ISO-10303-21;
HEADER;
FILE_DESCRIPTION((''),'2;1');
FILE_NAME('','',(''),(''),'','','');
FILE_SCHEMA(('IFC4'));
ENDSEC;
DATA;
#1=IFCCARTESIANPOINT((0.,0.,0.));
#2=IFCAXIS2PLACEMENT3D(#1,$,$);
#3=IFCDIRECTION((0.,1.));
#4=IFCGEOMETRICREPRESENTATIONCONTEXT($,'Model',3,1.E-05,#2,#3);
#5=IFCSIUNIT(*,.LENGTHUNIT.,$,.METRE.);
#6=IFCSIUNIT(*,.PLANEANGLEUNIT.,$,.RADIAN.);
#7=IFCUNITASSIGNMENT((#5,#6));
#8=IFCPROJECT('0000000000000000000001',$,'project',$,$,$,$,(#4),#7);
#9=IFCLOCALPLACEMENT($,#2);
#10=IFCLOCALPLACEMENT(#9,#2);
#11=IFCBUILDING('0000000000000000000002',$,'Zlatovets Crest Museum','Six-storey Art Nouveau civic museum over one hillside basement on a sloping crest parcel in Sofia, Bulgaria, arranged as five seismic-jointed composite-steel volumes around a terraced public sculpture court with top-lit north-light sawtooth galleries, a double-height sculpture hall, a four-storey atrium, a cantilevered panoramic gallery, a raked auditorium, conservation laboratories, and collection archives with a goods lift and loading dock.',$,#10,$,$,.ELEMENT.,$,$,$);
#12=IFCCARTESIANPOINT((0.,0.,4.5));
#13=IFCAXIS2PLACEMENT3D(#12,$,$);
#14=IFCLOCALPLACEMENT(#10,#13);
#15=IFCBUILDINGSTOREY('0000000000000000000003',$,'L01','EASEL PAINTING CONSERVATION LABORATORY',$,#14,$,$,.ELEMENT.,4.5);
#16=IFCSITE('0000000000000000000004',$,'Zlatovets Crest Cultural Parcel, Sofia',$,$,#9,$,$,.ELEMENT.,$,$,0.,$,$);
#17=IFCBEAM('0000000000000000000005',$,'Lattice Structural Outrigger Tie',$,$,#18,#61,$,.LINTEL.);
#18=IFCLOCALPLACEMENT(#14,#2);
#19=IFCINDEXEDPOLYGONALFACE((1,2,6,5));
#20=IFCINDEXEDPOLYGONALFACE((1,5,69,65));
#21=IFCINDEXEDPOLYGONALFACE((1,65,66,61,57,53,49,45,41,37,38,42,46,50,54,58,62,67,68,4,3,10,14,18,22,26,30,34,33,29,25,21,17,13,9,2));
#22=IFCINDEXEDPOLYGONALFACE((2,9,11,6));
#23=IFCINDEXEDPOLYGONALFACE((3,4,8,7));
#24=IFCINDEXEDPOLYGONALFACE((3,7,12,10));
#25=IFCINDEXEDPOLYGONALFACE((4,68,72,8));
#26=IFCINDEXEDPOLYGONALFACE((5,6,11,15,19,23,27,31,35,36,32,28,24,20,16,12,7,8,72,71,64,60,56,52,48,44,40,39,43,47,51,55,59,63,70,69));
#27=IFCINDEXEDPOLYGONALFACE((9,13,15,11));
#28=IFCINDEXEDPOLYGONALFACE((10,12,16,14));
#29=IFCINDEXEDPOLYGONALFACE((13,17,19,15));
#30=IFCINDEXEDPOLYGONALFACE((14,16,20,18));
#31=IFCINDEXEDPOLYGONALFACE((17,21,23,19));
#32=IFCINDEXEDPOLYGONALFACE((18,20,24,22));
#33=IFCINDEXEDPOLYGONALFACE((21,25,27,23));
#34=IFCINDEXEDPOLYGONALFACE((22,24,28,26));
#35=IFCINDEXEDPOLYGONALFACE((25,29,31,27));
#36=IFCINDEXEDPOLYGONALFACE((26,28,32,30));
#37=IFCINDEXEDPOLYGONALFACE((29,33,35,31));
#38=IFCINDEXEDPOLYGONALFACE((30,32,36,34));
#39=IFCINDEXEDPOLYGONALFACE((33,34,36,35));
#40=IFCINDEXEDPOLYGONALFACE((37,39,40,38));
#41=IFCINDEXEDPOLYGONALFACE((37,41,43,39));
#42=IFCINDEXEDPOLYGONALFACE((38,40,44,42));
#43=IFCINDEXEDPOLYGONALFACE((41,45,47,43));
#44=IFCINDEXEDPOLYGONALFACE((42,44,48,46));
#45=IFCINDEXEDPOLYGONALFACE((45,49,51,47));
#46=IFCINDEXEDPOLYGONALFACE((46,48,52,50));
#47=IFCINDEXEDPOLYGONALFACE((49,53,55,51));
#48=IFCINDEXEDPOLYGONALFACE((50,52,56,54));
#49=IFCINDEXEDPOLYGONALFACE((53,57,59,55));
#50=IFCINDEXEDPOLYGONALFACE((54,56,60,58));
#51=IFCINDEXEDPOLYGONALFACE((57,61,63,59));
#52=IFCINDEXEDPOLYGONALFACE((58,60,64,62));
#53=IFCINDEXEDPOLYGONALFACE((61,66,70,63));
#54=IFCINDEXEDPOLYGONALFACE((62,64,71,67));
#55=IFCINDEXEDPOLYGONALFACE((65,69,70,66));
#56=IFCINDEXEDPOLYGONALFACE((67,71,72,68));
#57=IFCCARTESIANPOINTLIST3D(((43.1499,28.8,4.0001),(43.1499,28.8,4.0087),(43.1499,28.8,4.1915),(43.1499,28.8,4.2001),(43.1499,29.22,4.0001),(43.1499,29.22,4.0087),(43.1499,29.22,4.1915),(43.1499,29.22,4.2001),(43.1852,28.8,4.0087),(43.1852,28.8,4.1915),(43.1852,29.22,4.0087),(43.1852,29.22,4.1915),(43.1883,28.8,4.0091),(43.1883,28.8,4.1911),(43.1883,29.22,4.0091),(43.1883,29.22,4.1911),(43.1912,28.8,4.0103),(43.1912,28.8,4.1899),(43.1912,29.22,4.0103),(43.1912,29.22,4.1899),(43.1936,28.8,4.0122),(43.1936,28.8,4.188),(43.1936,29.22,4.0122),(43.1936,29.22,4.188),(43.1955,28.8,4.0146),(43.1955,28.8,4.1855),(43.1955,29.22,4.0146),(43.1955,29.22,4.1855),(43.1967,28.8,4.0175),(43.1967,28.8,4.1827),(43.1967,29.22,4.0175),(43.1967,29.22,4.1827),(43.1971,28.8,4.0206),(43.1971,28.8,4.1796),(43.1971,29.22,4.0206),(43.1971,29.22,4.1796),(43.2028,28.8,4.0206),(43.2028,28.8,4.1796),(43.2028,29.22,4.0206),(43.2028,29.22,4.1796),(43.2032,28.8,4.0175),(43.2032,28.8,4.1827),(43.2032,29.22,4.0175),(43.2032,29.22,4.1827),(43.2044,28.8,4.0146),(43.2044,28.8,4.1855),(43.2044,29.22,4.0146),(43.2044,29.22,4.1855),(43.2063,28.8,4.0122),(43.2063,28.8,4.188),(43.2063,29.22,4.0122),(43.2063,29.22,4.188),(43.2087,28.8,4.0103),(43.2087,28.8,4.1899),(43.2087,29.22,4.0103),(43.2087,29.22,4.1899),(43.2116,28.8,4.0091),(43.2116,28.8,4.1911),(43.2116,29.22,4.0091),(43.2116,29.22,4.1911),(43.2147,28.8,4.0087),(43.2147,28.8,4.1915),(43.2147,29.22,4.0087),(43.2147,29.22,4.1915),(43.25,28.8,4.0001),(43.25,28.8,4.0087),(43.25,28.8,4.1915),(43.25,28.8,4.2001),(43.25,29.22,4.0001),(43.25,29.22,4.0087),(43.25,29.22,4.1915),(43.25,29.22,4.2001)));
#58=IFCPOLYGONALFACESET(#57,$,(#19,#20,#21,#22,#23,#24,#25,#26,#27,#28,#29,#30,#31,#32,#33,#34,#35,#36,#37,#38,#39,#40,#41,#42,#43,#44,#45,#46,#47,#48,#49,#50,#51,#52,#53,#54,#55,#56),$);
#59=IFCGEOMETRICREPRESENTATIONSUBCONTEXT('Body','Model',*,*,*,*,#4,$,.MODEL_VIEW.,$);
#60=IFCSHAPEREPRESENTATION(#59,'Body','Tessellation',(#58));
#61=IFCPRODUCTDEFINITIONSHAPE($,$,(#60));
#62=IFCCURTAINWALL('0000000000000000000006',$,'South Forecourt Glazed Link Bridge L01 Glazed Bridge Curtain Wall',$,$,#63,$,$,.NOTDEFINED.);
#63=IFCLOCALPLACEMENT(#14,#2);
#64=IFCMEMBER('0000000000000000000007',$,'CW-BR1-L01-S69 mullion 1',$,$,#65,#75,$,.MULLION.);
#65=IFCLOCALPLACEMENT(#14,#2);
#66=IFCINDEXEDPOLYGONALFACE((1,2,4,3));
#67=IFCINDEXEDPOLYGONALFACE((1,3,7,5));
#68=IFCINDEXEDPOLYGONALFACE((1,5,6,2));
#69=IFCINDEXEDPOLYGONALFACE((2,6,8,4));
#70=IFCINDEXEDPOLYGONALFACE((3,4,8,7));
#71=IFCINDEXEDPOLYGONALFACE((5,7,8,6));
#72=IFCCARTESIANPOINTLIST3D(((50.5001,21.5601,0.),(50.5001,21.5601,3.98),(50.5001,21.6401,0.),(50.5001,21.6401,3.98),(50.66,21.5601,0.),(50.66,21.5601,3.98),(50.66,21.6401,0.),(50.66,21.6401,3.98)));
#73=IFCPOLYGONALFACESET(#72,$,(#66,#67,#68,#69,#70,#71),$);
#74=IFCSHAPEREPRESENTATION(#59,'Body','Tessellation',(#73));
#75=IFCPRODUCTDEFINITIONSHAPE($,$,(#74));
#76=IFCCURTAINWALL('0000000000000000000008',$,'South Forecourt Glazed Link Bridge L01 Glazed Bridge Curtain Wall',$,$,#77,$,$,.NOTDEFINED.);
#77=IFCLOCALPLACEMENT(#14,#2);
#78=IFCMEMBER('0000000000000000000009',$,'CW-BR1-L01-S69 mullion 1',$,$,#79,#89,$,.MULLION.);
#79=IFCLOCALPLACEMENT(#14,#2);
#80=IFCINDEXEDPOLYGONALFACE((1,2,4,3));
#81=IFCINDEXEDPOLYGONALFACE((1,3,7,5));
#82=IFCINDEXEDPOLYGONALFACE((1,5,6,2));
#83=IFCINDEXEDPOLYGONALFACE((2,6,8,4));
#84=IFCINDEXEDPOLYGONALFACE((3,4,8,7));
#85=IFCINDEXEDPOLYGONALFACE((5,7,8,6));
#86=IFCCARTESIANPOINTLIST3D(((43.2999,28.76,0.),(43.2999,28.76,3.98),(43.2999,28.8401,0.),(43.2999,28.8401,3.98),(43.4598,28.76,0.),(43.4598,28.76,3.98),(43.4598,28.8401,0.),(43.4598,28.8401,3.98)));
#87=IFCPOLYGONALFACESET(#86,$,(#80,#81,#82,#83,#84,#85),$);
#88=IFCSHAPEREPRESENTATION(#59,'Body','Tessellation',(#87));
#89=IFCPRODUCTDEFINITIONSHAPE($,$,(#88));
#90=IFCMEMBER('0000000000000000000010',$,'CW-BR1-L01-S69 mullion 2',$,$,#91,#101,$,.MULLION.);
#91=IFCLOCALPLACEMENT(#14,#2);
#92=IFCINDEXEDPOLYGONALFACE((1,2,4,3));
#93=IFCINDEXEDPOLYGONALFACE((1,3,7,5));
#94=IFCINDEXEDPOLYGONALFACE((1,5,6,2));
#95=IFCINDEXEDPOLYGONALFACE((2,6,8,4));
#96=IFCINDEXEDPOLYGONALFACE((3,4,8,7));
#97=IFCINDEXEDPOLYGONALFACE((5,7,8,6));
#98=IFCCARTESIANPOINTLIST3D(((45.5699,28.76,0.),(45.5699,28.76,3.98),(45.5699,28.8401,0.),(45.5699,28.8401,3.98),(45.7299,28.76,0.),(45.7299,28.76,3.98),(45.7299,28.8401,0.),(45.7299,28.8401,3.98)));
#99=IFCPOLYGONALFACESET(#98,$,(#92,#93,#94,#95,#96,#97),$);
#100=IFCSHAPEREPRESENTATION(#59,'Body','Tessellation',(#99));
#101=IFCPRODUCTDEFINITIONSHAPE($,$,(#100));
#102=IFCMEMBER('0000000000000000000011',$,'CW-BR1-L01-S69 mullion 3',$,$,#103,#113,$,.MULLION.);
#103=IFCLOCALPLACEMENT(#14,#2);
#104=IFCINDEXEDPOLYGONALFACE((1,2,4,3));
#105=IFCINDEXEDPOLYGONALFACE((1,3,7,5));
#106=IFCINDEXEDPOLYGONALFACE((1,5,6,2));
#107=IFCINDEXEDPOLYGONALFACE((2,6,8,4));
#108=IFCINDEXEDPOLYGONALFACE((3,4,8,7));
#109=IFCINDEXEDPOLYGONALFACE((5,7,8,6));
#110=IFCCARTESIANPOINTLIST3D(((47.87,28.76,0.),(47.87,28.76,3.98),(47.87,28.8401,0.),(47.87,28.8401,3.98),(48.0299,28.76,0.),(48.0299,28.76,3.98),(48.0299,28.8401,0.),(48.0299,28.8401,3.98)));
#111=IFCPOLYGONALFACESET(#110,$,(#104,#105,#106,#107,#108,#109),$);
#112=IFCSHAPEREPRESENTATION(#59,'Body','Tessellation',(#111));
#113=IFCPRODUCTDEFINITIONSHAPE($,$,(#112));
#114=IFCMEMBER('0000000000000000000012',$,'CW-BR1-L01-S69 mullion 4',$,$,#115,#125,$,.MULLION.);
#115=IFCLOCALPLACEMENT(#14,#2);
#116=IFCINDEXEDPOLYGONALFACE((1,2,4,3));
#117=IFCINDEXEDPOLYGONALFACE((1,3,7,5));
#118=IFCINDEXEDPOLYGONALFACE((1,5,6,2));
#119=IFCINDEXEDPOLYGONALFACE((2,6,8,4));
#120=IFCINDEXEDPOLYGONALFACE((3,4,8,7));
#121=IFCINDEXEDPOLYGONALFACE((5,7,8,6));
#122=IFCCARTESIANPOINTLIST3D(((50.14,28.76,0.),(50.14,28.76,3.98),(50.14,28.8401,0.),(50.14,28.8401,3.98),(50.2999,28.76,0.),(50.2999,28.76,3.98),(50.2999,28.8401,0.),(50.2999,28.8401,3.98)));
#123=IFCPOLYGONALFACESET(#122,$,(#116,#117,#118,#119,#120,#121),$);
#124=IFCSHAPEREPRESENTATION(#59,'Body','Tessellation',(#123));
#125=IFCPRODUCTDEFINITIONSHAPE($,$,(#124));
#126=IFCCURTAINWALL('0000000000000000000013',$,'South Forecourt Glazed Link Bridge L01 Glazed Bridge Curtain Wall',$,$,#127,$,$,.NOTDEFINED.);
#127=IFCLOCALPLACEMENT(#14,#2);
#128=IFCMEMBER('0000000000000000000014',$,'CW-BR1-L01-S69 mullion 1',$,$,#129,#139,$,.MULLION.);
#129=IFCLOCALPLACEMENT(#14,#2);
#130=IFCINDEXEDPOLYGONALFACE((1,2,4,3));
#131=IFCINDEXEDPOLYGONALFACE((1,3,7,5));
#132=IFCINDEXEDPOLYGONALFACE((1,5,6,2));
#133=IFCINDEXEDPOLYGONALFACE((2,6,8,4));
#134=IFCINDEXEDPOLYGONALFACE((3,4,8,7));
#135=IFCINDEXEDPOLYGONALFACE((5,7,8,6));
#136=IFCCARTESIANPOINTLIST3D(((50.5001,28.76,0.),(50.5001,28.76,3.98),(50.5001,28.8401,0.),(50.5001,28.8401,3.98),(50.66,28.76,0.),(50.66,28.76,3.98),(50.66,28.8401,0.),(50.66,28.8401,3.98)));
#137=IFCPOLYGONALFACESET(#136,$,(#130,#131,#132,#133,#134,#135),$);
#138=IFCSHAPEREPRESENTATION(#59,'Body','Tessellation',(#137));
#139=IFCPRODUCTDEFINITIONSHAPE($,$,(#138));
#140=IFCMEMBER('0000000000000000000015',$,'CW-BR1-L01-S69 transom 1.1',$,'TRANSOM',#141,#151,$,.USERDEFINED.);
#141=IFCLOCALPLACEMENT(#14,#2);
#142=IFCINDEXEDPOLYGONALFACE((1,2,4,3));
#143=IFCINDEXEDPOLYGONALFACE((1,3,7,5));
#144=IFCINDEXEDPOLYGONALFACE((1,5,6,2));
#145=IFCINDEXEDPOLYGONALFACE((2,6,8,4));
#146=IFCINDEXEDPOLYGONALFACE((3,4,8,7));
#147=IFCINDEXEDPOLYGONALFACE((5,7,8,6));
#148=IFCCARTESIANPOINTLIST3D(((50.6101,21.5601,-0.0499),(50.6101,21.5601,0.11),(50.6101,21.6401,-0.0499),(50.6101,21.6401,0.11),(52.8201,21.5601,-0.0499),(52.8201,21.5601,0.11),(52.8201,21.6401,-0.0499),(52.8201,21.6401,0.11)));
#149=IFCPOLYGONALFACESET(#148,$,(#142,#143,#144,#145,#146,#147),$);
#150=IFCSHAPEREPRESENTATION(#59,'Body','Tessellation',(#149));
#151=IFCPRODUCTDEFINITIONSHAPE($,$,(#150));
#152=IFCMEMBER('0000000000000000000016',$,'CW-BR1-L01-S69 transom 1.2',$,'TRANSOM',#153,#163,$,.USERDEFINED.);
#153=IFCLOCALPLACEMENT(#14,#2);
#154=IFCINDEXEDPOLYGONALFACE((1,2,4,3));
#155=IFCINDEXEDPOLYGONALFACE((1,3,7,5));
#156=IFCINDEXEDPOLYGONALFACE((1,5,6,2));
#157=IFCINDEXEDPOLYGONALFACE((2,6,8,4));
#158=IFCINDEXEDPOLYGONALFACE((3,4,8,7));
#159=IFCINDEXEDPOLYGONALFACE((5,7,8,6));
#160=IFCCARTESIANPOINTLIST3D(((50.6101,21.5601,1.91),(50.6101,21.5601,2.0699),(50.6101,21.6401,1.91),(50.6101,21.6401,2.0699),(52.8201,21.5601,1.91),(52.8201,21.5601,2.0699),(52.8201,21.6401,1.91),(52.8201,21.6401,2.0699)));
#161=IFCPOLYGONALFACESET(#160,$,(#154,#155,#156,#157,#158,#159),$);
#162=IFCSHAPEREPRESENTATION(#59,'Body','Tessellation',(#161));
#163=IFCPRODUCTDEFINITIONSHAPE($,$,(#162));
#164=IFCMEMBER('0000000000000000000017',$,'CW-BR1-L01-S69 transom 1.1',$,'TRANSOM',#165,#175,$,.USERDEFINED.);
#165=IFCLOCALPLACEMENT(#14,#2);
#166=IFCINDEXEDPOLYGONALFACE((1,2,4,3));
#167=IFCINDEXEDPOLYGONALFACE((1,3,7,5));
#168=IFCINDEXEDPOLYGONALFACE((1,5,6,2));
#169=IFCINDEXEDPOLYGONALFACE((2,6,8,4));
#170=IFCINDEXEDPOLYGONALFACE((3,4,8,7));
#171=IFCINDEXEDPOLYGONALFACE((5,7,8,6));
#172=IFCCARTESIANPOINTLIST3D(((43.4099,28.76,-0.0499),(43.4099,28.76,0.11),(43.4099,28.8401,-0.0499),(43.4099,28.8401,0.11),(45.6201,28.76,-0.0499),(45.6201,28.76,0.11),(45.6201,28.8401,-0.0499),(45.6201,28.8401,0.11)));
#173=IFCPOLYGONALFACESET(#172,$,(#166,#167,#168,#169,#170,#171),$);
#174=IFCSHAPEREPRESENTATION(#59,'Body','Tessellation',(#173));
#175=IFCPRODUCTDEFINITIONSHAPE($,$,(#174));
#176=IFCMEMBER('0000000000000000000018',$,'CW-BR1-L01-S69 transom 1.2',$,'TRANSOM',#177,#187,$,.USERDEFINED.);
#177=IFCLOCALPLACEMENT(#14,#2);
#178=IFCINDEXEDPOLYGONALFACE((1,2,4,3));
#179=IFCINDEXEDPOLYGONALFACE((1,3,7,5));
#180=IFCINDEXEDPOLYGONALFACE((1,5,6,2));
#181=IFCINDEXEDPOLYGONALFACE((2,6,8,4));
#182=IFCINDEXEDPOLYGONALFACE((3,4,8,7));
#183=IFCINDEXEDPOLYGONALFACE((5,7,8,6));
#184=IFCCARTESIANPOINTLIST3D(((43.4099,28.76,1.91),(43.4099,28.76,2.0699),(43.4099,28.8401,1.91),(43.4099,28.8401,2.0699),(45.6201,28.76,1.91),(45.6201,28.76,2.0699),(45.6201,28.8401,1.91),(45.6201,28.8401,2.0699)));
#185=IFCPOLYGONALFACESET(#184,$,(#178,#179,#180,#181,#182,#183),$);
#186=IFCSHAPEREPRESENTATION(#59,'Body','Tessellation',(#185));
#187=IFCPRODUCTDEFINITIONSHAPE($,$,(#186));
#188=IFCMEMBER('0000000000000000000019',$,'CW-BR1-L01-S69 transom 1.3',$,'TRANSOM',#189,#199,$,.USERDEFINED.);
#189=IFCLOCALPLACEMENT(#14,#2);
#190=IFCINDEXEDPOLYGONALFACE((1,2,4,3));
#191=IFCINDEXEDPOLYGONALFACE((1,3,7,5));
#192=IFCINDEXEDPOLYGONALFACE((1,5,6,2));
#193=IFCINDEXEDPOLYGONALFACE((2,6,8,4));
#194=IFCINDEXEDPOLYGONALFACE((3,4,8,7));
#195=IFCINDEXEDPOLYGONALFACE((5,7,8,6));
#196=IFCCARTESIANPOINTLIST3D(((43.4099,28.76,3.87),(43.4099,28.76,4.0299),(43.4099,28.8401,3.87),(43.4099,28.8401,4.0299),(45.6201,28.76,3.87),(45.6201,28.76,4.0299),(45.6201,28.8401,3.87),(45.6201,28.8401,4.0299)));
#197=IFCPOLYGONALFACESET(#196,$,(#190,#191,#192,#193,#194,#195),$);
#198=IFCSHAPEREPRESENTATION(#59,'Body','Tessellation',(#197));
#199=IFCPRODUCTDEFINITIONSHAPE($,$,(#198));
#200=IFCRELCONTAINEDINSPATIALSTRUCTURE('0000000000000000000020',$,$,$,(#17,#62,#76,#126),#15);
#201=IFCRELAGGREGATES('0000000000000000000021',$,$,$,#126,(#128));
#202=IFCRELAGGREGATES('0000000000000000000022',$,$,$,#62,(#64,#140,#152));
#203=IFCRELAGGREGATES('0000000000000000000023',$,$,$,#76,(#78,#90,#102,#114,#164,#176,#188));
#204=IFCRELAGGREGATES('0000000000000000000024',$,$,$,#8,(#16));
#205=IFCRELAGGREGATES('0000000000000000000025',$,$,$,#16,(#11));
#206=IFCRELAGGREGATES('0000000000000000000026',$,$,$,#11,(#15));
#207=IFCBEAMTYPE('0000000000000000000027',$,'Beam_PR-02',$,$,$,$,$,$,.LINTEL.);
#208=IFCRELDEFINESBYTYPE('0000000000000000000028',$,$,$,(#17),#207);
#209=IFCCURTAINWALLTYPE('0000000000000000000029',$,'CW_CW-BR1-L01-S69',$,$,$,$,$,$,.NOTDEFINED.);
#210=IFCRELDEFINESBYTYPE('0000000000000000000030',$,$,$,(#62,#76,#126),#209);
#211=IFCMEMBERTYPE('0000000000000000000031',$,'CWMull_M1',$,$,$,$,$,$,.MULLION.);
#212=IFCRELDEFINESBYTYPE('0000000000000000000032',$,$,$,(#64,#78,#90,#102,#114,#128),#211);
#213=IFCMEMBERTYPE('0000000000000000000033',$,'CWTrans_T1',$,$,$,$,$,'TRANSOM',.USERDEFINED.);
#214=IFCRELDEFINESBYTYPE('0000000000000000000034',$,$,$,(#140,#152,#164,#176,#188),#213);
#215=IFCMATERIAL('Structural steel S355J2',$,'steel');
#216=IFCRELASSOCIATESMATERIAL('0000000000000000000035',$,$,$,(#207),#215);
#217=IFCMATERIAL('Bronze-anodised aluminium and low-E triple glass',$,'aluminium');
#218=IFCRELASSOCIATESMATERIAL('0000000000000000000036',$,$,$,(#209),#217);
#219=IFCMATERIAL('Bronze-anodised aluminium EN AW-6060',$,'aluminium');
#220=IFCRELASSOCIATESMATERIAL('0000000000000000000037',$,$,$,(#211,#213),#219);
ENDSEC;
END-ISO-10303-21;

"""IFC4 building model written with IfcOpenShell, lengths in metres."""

from ifc_helpers import new_model, si_unit, direction, frame, origin, origin_2d, place, context, subcontext, project, spatial, rectangle, i_section, extrude, material, material_profile, profile_set, type_object, element, aggregate, save


model = new_model("IFC4")

# Units and contexts
model_context = context("Model", 3, precision=1e-05, world=origin(), true_north=direction((0.0, 1.0)))
body_context = subcontext(model_context, "Body", "Model", "MODEL_VIEW")
ifc_project = project(units=[si_unit("LENGTHUNIT", "METRE"), si_unit("PLANEANGLEUNIT", "RADIAN")], contexts=[model_context])

# Site, building, storey
site_placement = place(None, origin())
site = spatial("IfcSite", under=ifc_project, at=site_placement, Name="Zlatovets Crest Cultural Parcel, Sofia", CompositionType="ELEMENT", RefElevation=0.0)
building_placement = place(site_placement, origin())
building = spatial("IfcBuilding", under=site, at=building_placement, Name="Zlatovets Crest Museum", Description="Six-storey Art Nouveau civic museum over one hillside basement on a sloping crest parcel in Sofia, Bulgaria, arranged as five seismic-jointed composite-steel volumes around a terraced public sculpture court with top-lit north-light sawtooth galleries, a double-height sculpture hall, a four-storey atrium, a cantilevered panoramic gallery, a raked auditorium, conservation laboratories, and collection archives with a goods lift and loading dock.", CompositionType="ELEMENT")
storey_placement = place(building_placement, frame((0.0, 0.0, 4.5)))
storey = spatial("IfcBuildingStorey", under=building, at=storey_placement, Name="L01", Description="EASEL PAINTING CONSERVATION LABORATORY", CompositionType="ELEMENT", Elevation=4.5)

# Shared definitions
ifc_material_1 = material(Name="Structural steel S355J2", Category="steel")

# Beam
ifc_material_profile_1 = material_profile(ifc_material_1, i_section(OverallWidth=0.1001, OverallDepth=0.2, WebThickness=0.0056, FlangeThickness=0.0085, FilletRadius=0.012, at=origin_2d()), Name="IPE 200")
ifc_profile_set_1 = profile_set([ifc_material_profile_1], Name="Structural steel S355J2")
beam_type_1 = type_object("IfcBeamType", Name="Beam_PR-02", PredefinedType="LINTEL", material=ifc_profile_set_1)
for number, where, z_axis, x_axis, name in (
    (1, (43.2, 28.8, 4.1001), (0.0, 1.0, 0.0), (-1.0, 0.0, 0.0), "Lattice Structural Outrigger Tie"),
):
    element("IfcBeam", number, at=place(storey_placement, frame(where, z_axis=z_axis, x_axis=x_axis)), inside=storey, type_object=beam_type_1, Name=name, PredefinedType="LINTEL", context=body_context, shape_type="SweptSolid", body=[
        extrude(i_section(OverallWidth=0.1001, OverallDepth=0.2, WebThickness=0.0056, FlangeThickness=0.0085, FilletRadius=0.012, at=origin_2d()), origin(), (0.0, 0.0, 1.0), 0.4199),
    ])

# Curtain wall, member
ifc_material_2 = material(Name="Bronze-anodised aluminium and low-E triple glass", Category="aluminium")
curtain_wall_type = type_object("IfcCurtainWallType", Name="CW_CW-BR1-L01-S69", PredefinedType="NOTDEFINED", material=ifc_material_2)
curtain_wall_1_placement = place(storey_placement, origin())
curtain_wall_1 = element("IfcCurtainWall", 2, at=curtain_wall_1_placement, inside=storey, type_object=curtain_wall_type, Name="South Forecourt Glazed Link Bridge L01 Glazed Bridge Curtain Wall", PredefinedType="NOTDEFINED")
ifc_material_3 = material(Name="Bronze-anodised aluminium EN AW-6060", Category="aluminium")
ifc_material_profile_2 = material_profile(ifc_material_3, rectangle(XDim=0.0801, YDim=0.1599, at=origin_2d()), Name="ALU 80x160")
ifc_profile_set_2 = profile_set([ifc_material_profile_2], Name="Bronze-anodised aluminium EN AW-6060")
member_type_1 = type_object("IfcMemberType", Name="CWMull_M1", PredefinedType="MULLION", material=ifc_profile_set_2)
member_1_placement = place(storey_placement, frame((50.5801, 21.6001, 0.0), z_axis=(0.0, 0.0, 1.0), x_axis=(0.0, 1.0, 0.0)))
member_1 = element("IfcMember", 3, at=member_1_placement, type_object=member_type_1, Name="CW-BR1-L01-S69 mullion 1", PredefinedType="MULLION", context=body_context, shape_type="SweptSolid", body=[
    extrude(rectangle(XDim=0.0801, YDim=0.1599, at=origin_2d()), origin(), (0.0, 0.0, 1.0), 3.98),
])

# Curtain wall, members
curtain_wall_2_placement = place(storey_placement, origin())
curtain_wall_2 = element("IfcCurtainWall", 4, at=curtain_wall_2_placement, inside=storey, type_object=curtain_wall_type, Name="South Forecourt Glazed Link Bridge L01 Glazed Bridge Curtain Wall", PredefinedType="NOTDEFINED")
member_2_placement = place(storey_placement, frame((43.3799, 28.8, 0.0), z_axis=(0.0, 0.0, 1.0), x_axis=(0.0, 1.0, 0.0)))
member_2 = element("IfcMember", 5, at=member_2_placement, type_object=member_type_1, Name="CW-BR1-L01-S69 mullion 1", PredefinedType="MULLION", context=body_context, shape_type="SweptSolid", body=[
    extrude(rectangle(XDim=0.0801, YDim=0.1599, at=origin_2d()), origin(), (0.0, 0.0, 1.0), 3.98),
])
member_3_placement = place(storey_placement, frame((45.6499, 28.8, 0.0), z_axis=(0.0, 0.0, 1.0), x_axis=(0.0, 1.0, 0.0)))
member_3 = element("IfcMember", 6, at=member_3_placement, type_object=member_type_1, Name="CW-BR1-L01-S69 mullion 2", PredefinedType="MULLION", context=body_context, shape_type="SweptSolid", body=[
    extrude(rectangle(XDim=0.0801, YDim=0.1599, at=origin_2d()), origin(), (0.0, 0.0, 1.0), 3.98),
])
member_4_placement = place(storey_placement, frame((47.95, 28.8, 0.0), z_axis=(0.0, 0.0, 1.0), x_axis=(0.0, 1.0, 0.0)))
member_4 = element("IfcMember", 7, at=member_4_placement, type_object=member_type_1, Name="CW-BR1-L01-S69 mullion 3", PredefinedType="MULLION", context=body_context, shape_type="SweptSolid", body=[
    extrude(rectangle(XDim=0.0801, YDim=0.1599, at=origin_2d()), origin(), (0.0, 0.0, 1.0), 3.98),
])
member_5_placement = place(storey_placement, frame((50.22, 28.8, 0.0), z_axis=(0.0, 0.0, 1.0), x_axis=(0.0, 1.0, 0.0)))
member_5 = element("IfcMember", 8, at=member_5_placement, type_object=member_type_1, Name="CW-BR1-L01-S69 mullion 4", PredefinedType="MULLION", context=body_context, shape_type="SweptSolid", body=[
    extrude(rectangle(XDim=0.0801, YDim=0.1599, at=origin_2d()), origin(), (0.0, 0.0, 1.0), 3.98),
])

# Curtain wall, member
curtain_wall_3_placement = place(storey_placement, origin())
curtain_wall_3 = element("IfcCurtainWall", 9, at=curtain_wall_3_placement, inside=storey, type_object=curtain_wall_type, Name="South Forecourt Glazed Link Bridge L01 Glazed Bridge Curtain Wall", PredefinedType="NOTDEFINED")
member_6_placement = place(storey_placement, frame((50.5801, 28.8, 0.0), z_axis=(0.0, 0.0, 1.0), x_axis=(0.0, 1.0, 0.0)))
member_6 = element("IfcMember", 10, at=member_6_placement, type_object=member_type_1, Name="CW-BR1-L01-S69 mullion 1", PredefinedType="MULLION", context=body_context, shape_type="SweptSolid", body=[
    extrude(rectangle(XDim=0.0801, YDim=0.1599, at=origin_2d()), origin(), (0.0, 0.0, 1.0), 3.98),
])
aggregate(curtain_wall_3, [member_6])

# Members
ifc_material_profile_3 = material_profile(ifc_material_3, rectangle(XDim=0.0801, YDim=0.1599, at=origin_2d()), Name="ALU 80x160")
ifc_profile_set_3 = profile_set([ifc_material_profile_3], Name="Bronze-anodised aluminium EN AW-6060")
member_type_2 = type_object("IfcMemberType", Name="CWTrans_T1", ElementType="TRANSOM", PredefinedType="USERDEFINED", material=ifc_profile_set_3)
member_7_placement = place(storey_placement, frame((50.6101, 21.6001, 0.03), z_axis=(1.0, 0.0, 0.0), x_axis=(0.0, 1.0, 0.0)))
member_7 = element("IfcMember", 11, at=member_7_placement, type_object=member_type_2, Name="CW-BR1-L01-S69 transom 1.1", ObjectType="TRANSOM", PredefinedType="USERDEFINED", context=body_context, shape_type="SweptSolid", body=[
    extrude(rectangle(XDim=0.0801, YDim=0.1599, at=origin_2d()), origin(), (0.0, 0.0, 1.0), 2.21),
])
member_8_placement = place(storey_placement, frame((50.6101, 21.6001, 1.99), z_axis=(1.0, 0.0, 0.0), x_axis=(0.0, 1.0, 0.0)))
member_8 = element("IfcMember", 12, at=member_8_placement, type_object=member_type_2, Name="CW-BR1-L01-S69 transom 1.2", ObjectType="TRANSOM", PredefinedType="USERDEFINED", context=body_context, shape_type="SweptSolid", body=[
    extrude(rectangle(XDim=0.0801, YDim=0.1599, at=origin_2d()), origin(), (0.0, 0.0, 1.0), 2.21),
])
aggregate(curtain_wall_1, [member_1, member_7, member_8])
member_9_placement = place(storey_placement, frame((43.4099, 28.8, 0.03), z_axis=(1.0, 0.0, 0.0), x_axis=(0.0, 1.0, 0.0)))
member_9 = element("IfcMember", 13, at=member_9_placement, type_object=member_type_2, Name="CW-BR1-L01-S69 transom 1.1", ObjectType="TRANSOM", PredefinedType="USERDEFINED", context=body_context, shape_type="SweptSolid", body=[
    extrude(rectangle(XDim=0.0801, YDim=0.1599, at=origin_2d()), origin(), (0.0, 0.0, 1.0), 2.2102),
])
member_10_placement = place(storey_placement, frame((43.4099, 28.8, 1.99), z_axis=(1.0, 0.0, 0.0), x_axis=(0.0, 1.0, 0.0)))
member_10 = element("IfcMember", 14, at=member_10_placement, type_object=member_type_2, Name="CW-BR1-L01-S69 transom 1.2", ObjectType="TRANSOM", PredefinedType="USERDEFINED", context=body_context, shape_type="SweptSolid", body=[
    extrude(rectangle(XDim=0.0801, YDim=0.1599, at=origin_2d()), origin(), (0.0, 0.0, 1.0), 2.2102),
])
member_11_placement = place(storey_placement, frame((43.4099, 28.8, 3.95), z_axis=(1.0, 0.0, 0.0), x_axis=(0.0, 1.0, 0.0)))
member_11 = element("IfcMember", 15, at=member_11_placement, type_object=member_type_2, Name="CW-BR1-L01-S69 transom 1.3", ObjectType="TRANSOM", PredefinedType="USERDEFINED", context=body_context, shape_type="SweptSolid", body=[
    extrude(rectangle(XDim=0.0801, YDim=0.1599, at=origin_2d()), origin(), (0.0, 0.0, 1.0), 2.2102),
])

aggregate(curtain_wall_2, [member_2, member_3, member_4, member_5, member_9, member_10, member_11])

save(model, "model.ifc")
